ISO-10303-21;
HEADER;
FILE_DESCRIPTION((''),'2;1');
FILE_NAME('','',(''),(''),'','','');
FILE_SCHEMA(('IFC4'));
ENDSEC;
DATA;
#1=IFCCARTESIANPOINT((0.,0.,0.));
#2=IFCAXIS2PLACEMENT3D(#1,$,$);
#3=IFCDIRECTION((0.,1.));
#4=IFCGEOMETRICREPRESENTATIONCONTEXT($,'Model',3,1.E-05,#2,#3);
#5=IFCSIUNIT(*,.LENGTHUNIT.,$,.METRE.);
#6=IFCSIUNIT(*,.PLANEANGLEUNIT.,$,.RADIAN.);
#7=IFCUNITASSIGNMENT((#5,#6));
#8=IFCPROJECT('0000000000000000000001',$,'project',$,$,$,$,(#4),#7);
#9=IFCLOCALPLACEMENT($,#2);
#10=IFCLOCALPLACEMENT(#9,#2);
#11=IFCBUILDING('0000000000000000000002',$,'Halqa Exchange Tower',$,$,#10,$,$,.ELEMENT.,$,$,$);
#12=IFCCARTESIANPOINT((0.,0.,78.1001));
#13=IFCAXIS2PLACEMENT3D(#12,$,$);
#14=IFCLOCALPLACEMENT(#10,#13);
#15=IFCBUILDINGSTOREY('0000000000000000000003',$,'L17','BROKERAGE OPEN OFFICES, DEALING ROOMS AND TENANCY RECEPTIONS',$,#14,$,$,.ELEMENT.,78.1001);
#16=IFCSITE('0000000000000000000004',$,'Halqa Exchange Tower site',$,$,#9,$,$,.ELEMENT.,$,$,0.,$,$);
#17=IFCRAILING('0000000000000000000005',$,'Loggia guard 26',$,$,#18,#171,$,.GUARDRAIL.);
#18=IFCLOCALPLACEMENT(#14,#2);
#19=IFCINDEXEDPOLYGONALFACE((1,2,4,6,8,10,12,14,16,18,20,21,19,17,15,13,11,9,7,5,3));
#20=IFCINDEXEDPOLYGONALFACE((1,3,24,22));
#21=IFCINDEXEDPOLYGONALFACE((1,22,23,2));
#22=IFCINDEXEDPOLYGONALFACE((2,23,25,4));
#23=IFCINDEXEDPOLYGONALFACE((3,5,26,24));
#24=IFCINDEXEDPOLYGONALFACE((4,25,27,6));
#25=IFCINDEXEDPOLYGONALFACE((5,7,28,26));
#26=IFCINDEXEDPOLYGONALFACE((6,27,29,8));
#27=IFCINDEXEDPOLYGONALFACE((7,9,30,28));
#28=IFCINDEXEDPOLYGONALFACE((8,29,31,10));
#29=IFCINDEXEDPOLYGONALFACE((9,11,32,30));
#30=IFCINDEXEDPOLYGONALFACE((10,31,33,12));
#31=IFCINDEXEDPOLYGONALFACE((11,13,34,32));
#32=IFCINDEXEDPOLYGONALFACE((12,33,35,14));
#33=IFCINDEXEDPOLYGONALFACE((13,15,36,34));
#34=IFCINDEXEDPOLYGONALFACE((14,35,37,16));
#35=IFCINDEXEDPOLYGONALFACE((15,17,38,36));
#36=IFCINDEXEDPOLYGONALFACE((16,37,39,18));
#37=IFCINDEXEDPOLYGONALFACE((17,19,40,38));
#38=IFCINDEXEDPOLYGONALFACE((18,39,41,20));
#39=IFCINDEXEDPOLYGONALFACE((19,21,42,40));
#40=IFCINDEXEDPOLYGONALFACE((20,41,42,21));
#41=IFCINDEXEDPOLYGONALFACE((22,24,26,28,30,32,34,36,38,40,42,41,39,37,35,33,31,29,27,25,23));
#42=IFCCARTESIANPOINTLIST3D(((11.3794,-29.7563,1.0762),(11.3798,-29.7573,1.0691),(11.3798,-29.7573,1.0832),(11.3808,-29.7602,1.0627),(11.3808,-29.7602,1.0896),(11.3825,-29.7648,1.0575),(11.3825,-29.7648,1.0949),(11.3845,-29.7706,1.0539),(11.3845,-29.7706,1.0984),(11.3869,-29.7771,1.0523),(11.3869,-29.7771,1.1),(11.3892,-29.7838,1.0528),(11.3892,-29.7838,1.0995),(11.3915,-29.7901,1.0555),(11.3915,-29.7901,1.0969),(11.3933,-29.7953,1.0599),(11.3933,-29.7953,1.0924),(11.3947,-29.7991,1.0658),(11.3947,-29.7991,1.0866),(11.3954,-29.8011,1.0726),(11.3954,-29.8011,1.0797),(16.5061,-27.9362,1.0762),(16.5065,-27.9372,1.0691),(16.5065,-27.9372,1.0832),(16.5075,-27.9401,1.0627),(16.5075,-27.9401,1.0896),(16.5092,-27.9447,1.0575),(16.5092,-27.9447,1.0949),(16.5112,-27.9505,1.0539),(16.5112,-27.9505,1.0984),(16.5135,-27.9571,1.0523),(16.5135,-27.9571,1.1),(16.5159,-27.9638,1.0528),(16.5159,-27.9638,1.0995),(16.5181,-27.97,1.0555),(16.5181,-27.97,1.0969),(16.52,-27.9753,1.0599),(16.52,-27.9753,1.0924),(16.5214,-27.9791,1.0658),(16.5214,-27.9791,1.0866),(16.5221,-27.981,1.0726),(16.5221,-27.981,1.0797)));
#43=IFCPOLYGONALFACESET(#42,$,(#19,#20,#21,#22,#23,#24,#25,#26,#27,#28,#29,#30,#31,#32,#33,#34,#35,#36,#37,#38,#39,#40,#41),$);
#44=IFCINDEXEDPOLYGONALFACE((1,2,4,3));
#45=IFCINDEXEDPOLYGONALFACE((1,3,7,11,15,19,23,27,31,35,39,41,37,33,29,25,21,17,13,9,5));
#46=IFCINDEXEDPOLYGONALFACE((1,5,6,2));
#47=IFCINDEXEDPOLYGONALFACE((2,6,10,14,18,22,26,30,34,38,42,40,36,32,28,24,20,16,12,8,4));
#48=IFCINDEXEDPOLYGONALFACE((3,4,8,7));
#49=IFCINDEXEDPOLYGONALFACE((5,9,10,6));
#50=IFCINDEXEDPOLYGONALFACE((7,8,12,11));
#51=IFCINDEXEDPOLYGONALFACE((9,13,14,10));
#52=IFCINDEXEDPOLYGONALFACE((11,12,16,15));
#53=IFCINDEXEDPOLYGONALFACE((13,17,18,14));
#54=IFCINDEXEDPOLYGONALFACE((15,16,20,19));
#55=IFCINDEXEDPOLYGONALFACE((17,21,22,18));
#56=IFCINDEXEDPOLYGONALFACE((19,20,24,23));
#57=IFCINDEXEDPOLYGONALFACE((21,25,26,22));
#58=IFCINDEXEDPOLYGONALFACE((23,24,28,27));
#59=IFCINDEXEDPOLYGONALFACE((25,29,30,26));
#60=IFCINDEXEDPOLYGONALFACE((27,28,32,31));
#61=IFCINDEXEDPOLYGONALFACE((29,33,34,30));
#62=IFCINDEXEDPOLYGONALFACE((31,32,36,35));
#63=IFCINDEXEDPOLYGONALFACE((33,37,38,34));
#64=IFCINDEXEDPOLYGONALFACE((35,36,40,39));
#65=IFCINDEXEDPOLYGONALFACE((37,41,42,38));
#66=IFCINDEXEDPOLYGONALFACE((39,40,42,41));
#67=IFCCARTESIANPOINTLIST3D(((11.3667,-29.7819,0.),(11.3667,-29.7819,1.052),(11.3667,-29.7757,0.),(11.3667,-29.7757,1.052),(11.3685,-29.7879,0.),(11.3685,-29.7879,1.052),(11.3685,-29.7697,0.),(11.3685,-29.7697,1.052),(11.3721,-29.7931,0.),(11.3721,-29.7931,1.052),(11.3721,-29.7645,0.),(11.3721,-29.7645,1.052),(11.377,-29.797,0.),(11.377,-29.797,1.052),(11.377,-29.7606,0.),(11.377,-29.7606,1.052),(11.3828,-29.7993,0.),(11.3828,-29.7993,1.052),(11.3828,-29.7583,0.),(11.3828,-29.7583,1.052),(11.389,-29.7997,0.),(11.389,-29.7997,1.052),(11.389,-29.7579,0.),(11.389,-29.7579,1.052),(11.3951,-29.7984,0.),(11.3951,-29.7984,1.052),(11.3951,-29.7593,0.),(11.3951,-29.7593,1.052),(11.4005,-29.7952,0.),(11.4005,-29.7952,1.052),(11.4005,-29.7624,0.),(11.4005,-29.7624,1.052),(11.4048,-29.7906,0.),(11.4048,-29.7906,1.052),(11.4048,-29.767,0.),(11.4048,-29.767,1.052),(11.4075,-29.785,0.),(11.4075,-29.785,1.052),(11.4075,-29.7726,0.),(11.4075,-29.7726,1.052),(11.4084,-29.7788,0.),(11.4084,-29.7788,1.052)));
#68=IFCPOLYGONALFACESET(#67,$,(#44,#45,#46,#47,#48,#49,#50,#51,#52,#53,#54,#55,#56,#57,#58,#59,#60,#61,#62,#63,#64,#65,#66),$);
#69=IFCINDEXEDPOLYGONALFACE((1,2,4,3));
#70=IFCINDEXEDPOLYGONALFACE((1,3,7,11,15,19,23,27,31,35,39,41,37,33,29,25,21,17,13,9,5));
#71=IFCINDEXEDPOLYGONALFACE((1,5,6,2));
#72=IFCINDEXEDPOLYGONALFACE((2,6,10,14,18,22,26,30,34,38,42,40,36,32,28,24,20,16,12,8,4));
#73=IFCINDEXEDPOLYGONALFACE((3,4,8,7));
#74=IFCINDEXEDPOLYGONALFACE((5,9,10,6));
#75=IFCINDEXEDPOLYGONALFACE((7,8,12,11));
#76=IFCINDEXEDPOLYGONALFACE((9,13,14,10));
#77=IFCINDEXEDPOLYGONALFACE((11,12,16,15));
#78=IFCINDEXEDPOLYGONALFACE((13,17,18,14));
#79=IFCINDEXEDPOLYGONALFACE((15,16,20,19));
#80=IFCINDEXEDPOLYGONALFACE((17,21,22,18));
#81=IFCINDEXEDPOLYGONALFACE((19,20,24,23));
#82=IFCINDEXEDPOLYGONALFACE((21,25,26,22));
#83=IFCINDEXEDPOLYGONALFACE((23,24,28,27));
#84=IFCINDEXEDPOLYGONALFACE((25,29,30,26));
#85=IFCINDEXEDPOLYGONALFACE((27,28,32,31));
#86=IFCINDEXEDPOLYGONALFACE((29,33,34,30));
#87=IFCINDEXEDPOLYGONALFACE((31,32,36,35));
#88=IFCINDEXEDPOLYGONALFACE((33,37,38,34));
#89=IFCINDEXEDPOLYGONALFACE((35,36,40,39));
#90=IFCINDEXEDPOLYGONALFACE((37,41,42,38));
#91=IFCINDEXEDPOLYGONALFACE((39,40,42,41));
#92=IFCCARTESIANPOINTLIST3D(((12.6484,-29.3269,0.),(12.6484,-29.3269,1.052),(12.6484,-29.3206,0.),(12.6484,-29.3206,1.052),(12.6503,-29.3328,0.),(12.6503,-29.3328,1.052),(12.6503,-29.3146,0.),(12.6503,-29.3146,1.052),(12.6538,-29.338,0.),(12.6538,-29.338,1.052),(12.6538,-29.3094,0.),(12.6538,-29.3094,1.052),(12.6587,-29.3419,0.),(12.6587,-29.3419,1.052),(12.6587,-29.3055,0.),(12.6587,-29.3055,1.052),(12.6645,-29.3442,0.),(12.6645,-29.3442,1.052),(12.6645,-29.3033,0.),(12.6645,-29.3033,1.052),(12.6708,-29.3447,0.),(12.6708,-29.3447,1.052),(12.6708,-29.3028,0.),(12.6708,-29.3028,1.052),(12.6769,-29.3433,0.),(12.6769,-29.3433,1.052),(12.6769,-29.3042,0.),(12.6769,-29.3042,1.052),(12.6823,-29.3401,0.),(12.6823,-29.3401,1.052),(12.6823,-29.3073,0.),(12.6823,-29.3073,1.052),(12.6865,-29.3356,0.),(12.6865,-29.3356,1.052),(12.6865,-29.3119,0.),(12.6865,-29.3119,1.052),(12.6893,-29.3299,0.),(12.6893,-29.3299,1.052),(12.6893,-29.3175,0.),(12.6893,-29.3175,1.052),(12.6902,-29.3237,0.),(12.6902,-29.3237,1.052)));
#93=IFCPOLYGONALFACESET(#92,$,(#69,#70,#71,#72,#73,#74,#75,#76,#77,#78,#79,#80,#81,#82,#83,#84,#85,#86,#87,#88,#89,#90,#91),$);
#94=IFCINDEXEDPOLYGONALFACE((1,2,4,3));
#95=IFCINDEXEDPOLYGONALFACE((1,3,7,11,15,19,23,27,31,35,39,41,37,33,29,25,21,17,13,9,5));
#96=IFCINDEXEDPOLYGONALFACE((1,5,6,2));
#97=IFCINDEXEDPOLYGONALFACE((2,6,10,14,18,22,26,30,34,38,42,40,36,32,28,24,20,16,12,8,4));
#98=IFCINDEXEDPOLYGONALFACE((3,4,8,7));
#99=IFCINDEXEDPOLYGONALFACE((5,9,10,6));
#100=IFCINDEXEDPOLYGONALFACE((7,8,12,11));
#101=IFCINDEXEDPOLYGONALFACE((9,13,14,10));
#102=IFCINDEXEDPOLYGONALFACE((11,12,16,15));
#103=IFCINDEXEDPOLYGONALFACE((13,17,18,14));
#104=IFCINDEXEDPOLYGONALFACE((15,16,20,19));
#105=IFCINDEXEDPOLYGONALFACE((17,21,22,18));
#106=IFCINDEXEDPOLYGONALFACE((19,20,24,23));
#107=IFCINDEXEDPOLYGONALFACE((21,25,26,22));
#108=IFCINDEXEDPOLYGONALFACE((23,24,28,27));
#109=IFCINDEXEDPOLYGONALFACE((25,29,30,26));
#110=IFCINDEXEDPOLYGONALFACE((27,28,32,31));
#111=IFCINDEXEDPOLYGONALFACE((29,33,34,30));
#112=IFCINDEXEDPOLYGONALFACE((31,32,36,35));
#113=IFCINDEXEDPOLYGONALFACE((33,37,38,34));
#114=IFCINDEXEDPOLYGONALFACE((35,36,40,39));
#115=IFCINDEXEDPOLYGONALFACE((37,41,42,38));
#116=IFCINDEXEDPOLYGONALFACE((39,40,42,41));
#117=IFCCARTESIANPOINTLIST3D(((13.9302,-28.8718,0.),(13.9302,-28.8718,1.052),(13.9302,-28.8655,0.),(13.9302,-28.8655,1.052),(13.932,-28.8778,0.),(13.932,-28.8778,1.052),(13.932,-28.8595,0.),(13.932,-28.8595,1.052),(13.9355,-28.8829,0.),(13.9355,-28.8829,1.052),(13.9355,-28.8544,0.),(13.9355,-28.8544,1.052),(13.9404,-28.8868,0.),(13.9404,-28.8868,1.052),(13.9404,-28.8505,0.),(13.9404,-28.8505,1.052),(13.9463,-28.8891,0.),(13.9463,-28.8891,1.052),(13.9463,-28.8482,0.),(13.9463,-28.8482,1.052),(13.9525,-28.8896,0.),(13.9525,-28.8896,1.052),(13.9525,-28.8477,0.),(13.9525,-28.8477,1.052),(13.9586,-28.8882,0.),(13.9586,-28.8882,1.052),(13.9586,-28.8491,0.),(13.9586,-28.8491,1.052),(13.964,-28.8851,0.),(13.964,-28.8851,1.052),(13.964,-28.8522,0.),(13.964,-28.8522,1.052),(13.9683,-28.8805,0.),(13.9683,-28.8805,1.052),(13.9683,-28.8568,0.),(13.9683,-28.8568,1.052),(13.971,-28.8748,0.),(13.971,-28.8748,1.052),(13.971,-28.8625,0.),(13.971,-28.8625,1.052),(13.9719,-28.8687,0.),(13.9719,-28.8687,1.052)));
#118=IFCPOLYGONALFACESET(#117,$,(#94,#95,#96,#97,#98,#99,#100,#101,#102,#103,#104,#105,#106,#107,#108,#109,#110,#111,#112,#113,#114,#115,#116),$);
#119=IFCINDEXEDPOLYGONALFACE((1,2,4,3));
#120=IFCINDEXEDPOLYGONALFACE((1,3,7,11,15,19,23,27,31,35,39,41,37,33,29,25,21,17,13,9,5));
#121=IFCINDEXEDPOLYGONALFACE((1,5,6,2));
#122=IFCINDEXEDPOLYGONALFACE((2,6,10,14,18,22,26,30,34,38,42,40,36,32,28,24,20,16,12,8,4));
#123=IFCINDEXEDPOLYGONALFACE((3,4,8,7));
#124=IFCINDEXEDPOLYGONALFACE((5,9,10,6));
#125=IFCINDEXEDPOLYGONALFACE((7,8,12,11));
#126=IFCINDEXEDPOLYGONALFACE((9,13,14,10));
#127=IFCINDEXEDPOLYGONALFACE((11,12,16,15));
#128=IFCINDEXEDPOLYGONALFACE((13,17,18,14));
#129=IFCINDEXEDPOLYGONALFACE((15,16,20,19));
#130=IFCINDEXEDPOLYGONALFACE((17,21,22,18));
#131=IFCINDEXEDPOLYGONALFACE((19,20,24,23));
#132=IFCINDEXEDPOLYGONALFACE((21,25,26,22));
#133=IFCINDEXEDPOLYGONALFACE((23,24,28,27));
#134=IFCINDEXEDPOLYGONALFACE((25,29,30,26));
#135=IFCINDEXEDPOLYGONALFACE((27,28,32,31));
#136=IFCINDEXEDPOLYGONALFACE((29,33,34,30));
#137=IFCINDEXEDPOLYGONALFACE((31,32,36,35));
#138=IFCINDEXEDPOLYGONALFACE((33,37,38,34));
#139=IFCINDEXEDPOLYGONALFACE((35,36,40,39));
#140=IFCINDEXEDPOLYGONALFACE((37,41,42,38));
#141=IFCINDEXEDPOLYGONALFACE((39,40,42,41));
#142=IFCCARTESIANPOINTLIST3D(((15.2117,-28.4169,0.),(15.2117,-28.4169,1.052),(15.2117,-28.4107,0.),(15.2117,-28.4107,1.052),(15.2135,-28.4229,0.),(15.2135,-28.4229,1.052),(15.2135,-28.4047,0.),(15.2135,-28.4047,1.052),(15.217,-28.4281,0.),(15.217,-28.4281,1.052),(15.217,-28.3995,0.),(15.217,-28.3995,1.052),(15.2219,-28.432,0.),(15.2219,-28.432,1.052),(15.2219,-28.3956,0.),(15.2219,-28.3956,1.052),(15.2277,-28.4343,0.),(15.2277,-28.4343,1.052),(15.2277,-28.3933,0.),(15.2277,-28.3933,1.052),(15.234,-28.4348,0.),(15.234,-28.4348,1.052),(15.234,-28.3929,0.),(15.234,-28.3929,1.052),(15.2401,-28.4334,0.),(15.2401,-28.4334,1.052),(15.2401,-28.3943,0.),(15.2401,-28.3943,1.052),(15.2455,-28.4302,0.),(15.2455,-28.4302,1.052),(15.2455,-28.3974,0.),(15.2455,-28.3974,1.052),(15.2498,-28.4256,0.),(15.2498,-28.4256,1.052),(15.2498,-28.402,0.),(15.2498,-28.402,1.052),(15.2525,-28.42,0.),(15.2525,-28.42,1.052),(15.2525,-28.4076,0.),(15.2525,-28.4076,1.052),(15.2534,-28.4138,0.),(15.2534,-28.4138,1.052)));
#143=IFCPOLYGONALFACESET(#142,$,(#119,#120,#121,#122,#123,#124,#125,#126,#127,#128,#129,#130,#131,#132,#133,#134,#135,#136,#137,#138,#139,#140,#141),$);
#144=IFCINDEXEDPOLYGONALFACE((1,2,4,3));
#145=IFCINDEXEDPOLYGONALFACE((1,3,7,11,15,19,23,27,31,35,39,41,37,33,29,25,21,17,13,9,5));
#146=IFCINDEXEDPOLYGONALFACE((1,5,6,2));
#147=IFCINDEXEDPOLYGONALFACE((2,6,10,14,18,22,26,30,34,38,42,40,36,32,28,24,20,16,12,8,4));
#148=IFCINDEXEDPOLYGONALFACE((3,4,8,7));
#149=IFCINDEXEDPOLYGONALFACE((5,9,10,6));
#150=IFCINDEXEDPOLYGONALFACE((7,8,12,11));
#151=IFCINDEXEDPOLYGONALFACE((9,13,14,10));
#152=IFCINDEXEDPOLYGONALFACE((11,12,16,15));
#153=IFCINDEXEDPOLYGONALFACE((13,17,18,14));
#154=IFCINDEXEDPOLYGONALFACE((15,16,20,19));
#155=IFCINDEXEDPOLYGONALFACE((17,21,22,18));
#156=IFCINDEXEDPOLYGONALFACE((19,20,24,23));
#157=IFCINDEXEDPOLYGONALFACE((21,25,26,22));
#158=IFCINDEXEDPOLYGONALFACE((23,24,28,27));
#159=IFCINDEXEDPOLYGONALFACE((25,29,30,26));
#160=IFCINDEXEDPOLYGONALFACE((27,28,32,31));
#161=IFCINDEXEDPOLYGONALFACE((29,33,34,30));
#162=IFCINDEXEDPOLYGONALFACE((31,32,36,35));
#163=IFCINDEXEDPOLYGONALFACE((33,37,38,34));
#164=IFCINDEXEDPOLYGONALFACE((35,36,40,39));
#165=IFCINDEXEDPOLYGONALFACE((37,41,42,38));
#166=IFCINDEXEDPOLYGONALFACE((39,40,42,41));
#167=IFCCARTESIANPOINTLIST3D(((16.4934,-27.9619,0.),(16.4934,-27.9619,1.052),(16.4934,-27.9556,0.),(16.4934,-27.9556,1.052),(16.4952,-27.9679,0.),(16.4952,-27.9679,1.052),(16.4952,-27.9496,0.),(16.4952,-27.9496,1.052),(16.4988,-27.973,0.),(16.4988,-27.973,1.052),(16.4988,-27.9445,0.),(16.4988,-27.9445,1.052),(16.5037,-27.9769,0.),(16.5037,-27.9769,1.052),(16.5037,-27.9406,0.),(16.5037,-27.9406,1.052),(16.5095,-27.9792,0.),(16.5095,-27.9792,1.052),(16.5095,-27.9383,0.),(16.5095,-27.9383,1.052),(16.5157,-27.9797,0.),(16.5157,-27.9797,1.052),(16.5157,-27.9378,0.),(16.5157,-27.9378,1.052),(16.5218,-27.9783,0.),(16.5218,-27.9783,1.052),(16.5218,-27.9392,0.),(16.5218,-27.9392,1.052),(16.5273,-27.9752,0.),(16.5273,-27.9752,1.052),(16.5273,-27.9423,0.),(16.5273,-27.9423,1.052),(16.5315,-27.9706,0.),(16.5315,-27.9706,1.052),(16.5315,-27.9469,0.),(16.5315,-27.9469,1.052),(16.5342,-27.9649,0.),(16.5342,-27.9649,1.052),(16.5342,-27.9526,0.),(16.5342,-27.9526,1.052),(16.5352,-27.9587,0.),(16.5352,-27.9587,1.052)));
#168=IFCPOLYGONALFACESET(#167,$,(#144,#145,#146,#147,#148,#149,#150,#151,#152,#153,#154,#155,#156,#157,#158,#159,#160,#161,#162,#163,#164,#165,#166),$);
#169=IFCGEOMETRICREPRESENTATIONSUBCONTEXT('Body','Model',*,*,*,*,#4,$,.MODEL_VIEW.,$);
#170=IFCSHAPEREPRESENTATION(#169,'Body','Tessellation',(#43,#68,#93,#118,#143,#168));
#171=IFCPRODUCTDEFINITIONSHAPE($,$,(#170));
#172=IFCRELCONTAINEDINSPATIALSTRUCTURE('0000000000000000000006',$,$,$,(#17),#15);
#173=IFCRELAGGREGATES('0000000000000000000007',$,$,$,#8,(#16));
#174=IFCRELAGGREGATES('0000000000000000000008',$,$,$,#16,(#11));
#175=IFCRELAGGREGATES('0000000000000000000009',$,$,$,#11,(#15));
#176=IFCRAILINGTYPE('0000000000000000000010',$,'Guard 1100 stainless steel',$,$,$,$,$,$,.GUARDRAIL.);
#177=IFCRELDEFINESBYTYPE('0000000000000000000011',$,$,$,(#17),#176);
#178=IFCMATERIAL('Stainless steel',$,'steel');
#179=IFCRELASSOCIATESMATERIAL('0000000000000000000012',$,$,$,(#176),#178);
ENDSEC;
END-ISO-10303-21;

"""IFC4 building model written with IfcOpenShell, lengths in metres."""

from ifc_helpers import new_model, si_unit, direction, frame, origin, origin_2d, place, context, subcontext, project, spatial, circle, extrude, material, type_object, element, save


model = new_model("IFC4")

# Units and contexts
model_context = context("Model", 3, precision=1e-05, world=origin(), true_north=direction((0.0, 1.0)))
body_context = subcontext(model_context, "Body", "Model", "MODEL_VIEW")
ifc_project = project(units=[si_unit("LENGTHUNIT", "METRE"), si_unit("PLANEANGLEUNIT", "RADIAN")], contexts=[model_context])

# Site, building, storey
site_placement = place(None, origin())
site = spatial("IfcSite", under=ifc_project, at=site_placement, Name="Halqa Exchange Tower site", CompositionType="ELEMENT", RefElevation=0.0)
building_placement = place(site_placement, origin())
building = spatial("IfcBuilding", under=site, at=building_placement, Name="Halqa Exchange Tower", CompositionType="ELEMENT")
storey_placement = place(building_placement, frame((0.0, 0.0, 78.1001)))
storey = spatial("IfcBuildingStorey", under=building, at=storey_placement, Name="L17", Description="BROKERAGE OPEN OFFICES, DEALING ROOMS AND TENANCY RECEPTIONS", CompositionType="ELEMENT", Elevation=78.1001)

# Railing
ifc_material_1 = material(Name="Stainless steel", Category="steel")
railing_type = type_object("IfcRailingType", Name="Guard 1100 stainless steel", PredefinedType="GUARDRAIL", material=ifc_material_1)
railing_1_placement = place(storey_placement, frame((11.3875, -29.7788, 0.0)))
element("IfcRailing", 1, at=railing_1_placement, inside=storey, type_object=railing_type, Name="Loggia guard 26", PredefinedType="GUARDRAIL", context=body_context, shape_type="SweptSolid", body=[
    extrude(circle(Radius=0.0239, at=origin_2d()), frame((0.0, 0.0, 1.0762), z_axis=(0.942375, 0.334559, 0.0), x_axis=(-0.334559, 0.942375, 0.0)), (0.0, 0.0, 1.0), 5.4402),
    extrude(circle(Radius=0.021, at=origin_2d()), origin(), (0.0, 0.0, 1.0), 1.052),
    extrude(circle(Radius=0.021, at=origin_2d()), frame((1.2817, 0.4551, 0.0)), (0.0, 0.0, 1.0), 1.052),
    extrude(circle(Radius=0.021, at=origin_2d()), frame((2.5635, 0.9102, 0.0)), (0.0, 0.0, 1.0), 1.052),
    extrude(circle(Radius=0.021, at=origin_2d()), frame((3.845, 1.365, 0.0)), (0.0, 0.0, 1.0), 1.052),
    extrude(circle(Radius=0.021, at=origin_2d()), frame((5.1267, 1.8201, 0.0)), (0.0, 0.0, 1.0), 1.052),
])

save(model, "model.ifc")
